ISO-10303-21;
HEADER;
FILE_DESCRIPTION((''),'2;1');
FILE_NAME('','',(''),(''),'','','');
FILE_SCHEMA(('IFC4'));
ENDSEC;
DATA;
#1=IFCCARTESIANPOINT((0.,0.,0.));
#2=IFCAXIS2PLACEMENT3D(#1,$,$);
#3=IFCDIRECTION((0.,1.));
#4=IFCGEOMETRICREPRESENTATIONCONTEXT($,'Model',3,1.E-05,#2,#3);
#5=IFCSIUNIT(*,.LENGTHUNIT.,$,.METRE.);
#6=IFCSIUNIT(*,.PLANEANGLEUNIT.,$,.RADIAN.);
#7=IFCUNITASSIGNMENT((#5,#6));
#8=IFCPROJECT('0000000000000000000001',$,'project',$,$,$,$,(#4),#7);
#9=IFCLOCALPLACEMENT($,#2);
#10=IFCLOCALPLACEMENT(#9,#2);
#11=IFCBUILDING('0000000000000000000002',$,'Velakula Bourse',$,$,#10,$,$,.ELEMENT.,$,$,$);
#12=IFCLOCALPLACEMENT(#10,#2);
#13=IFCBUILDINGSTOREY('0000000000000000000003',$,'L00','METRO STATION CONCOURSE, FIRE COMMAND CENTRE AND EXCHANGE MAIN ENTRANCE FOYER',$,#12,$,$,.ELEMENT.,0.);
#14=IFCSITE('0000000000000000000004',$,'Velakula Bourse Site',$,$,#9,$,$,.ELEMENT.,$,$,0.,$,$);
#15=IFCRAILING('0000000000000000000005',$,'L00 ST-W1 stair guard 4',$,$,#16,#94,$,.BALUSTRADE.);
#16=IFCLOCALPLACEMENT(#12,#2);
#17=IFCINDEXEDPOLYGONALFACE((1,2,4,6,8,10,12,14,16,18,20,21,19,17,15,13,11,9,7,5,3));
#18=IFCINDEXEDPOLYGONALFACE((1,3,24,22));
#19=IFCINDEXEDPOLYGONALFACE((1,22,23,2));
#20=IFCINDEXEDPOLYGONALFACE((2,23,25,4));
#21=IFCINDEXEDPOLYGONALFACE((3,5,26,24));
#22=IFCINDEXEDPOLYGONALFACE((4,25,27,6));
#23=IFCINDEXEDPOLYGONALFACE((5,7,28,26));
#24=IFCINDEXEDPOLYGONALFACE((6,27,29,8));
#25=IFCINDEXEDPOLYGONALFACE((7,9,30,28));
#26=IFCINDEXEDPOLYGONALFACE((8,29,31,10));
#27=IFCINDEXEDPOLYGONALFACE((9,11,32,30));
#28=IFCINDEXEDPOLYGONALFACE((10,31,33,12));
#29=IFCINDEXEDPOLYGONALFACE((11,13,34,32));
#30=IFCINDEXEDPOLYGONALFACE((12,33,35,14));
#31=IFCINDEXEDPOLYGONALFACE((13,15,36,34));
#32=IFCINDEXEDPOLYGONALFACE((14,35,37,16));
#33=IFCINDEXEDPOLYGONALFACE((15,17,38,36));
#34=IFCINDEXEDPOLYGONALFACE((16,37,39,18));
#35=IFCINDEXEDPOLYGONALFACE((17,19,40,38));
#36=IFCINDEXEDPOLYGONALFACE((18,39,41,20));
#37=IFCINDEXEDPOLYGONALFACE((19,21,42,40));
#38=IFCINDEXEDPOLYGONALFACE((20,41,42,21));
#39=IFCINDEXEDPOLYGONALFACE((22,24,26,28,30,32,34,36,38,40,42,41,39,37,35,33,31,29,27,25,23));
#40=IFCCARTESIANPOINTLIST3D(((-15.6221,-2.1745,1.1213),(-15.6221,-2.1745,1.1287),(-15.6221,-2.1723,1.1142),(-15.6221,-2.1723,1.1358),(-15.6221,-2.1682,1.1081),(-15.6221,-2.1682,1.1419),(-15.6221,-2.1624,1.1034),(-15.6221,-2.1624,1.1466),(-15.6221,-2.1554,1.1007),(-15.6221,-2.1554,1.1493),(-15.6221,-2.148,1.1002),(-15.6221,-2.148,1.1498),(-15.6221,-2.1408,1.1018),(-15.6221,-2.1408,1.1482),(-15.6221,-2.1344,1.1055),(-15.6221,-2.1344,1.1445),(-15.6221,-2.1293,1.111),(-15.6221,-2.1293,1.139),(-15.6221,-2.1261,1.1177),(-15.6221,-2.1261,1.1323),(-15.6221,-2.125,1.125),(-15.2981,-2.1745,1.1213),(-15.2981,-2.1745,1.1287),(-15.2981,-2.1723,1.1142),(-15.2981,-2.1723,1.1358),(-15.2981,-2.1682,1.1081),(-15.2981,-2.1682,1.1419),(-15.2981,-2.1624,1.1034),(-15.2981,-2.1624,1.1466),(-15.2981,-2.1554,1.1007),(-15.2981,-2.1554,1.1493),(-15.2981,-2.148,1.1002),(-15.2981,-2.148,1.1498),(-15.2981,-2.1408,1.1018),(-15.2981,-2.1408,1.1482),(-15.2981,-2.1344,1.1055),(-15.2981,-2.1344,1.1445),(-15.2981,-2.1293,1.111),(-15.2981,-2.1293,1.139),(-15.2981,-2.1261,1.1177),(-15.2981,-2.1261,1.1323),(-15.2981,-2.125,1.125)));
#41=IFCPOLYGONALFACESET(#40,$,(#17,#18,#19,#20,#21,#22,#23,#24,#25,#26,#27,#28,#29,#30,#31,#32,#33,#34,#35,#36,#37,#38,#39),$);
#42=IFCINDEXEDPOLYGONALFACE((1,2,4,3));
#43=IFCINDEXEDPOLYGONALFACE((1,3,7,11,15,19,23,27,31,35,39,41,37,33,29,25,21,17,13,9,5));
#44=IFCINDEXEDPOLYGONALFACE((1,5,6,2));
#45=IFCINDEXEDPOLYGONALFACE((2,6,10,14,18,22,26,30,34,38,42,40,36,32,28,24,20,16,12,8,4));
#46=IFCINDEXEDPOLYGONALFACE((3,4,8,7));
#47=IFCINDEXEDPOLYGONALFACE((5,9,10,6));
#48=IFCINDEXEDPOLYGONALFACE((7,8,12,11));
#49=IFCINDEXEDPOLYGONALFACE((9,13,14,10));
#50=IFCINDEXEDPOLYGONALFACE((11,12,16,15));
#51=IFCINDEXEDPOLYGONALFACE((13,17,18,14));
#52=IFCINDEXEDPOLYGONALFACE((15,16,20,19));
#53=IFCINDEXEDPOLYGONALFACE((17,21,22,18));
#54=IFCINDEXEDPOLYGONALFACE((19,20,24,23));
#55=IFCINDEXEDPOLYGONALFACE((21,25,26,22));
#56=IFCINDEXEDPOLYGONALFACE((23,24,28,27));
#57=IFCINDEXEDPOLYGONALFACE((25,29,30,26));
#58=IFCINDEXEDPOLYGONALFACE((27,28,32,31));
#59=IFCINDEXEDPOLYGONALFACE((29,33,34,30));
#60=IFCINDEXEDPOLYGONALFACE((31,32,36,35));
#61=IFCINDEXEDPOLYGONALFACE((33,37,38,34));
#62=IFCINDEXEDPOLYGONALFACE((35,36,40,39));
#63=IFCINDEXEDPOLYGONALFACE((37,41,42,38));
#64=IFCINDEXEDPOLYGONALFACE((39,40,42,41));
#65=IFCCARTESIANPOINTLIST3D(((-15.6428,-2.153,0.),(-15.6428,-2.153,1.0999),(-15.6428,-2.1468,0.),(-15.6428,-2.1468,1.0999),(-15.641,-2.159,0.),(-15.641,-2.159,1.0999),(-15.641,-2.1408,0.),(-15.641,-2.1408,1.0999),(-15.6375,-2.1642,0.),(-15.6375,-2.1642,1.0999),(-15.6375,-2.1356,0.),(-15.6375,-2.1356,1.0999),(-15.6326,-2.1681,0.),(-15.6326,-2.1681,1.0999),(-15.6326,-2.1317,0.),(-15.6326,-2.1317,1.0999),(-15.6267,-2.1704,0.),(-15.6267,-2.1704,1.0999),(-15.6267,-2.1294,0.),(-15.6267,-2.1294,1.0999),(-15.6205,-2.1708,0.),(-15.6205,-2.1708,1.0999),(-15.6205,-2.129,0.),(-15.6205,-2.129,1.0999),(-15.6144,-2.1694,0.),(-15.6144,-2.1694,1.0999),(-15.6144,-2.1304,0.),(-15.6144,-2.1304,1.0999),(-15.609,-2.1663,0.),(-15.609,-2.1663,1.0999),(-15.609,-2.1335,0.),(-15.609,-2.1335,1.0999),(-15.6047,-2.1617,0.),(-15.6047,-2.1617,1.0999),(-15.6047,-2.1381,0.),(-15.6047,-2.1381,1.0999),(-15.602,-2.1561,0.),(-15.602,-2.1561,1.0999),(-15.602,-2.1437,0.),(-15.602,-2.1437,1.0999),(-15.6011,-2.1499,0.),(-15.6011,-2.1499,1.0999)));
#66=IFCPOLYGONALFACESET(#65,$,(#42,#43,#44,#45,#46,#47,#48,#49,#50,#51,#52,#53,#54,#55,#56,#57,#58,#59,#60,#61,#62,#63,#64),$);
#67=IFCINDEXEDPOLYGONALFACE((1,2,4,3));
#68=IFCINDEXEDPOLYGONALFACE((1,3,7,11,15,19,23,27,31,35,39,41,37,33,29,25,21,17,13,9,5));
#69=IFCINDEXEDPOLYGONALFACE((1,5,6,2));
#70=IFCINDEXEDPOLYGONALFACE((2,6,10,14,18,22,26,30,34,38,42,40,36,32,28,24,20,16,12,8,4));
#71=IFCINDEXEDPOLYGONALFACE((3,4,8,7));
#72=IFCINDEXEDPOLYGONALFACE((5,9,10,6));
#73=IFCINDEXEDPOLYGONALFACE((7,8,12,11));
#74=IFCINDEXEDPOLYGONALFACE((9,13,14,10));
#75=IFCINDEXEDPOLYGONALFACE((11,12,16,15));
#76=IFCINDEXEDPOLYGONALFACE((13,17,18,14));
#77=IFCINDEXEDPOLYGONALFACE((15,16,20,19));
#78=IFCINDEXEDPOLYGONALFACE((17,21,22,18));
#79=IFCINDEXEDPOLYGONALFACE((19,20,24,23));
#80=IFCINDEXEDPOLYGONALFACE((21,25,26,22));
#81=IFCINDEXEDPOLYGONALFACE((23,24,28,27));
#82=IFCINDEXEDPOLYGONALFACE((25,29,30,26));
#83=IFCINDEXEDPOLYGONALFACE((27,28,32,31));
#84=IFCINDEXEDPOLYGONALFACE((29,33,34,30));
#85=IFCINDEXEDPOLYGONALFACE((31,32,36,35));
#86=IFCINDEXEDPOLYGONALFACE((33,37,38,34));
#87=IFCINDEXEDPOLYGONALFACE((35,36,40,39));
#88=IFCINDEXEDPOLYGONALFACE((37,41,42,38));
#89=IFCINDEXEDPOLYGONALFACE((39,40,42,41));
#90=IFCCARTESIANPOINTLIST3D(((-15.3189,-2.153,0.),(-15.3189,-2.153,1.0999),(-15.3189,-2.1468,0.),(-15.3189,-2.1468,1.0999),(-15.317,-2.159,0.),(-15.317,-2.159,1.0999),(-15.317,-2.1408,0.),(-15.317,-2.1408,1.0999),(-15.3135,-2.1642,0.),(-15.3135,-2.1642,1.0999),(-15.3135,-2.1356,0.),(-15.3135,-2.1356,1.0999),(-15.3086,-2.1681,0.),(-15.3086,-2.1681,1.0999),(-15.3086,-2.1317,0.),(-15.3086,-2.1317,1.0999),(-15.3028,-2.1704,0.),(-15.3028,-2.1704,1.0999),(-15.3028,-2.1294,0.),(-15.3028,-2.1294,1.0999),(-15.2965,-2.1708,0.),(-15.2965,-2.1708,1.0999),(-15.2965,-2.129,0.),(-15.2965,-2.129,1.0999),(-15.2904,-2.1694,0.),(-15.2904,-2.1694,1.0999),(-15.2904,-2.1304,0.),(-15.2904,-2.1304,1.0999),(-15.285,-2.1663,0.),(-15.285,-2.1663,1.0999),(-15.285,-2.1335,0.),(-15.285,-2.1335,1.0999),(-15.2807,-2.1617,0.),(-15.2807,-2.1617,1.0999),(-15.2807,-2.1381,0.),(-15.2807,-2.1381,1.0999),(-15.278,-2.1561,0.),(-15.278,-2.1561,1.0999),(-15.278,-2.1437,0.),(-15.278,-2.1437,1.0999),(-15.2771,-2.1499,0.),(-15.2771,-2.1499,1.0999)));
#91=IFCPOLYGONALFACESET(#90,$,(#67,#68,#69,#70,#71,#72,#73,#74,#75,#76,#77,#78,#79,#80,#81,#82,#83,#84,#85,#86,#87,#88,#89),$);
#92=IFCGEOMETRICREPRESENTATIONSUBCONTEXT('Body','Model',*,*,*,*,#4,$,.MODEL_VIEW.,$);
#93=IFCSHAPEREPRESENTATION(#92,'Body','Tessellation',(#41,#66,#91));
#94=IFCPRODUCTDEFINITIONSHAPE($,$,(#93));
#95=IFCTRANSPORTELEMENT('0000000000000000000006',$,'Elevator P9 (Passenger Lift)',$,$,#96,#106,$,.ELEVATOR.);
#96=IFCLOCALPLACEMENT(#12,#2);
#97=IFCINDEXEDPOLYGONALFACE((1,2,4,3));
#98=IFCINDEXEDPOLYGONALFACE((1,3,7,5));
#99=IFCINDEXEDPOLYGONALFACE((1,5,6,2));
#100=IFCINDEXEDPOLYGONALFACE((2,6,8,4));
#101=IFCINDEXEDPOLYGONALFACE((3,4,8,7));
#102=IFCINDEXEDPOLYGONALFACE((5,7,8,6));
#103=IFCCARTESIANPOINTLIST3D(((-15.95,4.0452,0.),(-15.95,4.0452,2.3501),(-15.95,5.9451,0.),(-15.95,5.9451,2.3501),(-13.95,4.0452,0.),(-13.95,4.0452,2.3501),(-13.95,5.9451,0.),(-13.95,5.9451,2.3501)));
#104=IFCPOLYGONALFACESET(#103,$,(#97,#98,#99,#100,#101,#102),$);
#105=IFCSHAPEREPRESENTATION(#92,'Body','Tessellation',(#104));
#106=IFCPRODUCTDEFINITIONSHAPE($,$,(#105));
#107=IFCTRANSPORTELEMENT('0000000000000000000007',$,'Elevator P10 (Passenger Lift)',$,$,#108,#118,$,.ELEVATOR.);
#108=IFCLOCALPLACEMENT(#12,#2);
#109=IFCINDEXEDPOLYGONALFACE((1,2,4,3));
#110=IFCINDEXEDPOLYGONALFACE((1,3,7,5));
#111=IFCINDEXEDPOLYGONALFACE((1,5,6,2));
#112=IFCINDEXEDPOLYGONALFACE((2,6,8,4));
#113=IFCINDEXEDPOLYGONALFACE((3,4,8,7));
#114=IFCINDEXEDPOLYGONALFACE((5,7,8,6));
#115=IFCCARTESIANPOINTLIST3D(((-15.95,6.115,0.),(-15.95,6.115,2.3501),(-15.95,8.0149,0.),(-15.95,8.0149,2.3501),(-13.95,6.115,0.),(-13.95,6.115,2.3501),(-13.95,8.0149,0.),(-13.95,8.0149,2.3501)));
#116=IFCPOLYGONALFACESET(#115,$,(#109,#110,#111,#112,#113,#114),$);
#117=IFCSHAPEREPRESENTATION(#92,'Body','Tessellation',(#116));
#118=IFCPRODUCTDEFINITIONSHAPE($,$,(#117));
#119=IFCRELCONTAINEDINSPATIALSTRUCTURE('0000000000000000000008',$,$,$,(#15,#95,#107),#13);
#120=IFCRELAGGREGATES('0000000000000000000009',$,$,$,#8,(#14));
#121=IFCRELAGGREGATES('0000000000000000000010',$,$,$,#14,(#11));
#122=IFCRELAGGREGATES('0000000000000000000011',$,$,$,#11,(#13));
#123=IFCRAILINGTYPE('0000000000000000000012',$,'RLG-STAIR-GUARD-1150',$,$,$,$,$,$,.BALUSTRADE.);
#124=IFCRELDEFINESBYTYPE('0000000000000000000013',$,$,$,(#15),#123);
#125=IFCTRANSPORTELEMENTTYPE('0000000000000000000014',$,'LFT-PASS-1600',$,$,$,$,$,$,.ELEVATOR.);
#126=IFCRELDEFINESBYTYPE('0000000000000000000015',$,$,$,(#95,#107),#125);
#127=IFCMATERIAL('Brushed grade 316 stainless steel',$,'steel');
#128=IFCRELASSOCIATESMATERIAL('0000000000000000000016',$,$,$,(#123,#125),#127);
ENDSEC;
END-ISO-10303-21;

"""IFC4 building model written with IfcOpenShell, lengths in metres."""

from ifc_helpers import new_model, si_unit, direction, frame, origin, origin_2d, place, context, subcontext, project, spatial, rectangle, circle, extrude, material, type_object, element, save


model = new_model("IFC4")

# Units and contexts
model_context = context("Model", 3, precision=1e-05, world=origin(), true_north=direction((0.0, 1.0)))
body_context = subcontext(model_context, "Body", "Model", "MODEL_VIEW")
ifc_project = project(units=[si_unit("LENGTHUNIT", "METRE"), si_unit("PLANEANGLEUNIT", "RADIAN")], contexts=[model_context])

# Site, building, storey
site_placement = place(None, origin())
site = spatial("IfcSite", under=ifc_project, at=site_placement, Name="Velakula Bourse Site", CompositionType="ELEMENT", RefElevation=0.0)
building_placement = place(site_placement, origin())
building = spatial("IfcBuilding", under=site, at=building_placement, Name="Velakula Bourse", CompositionType="ELEMENT")
storey_placement = place(building_placement, origin())
storey = spatial("IfcBuildingStorey", under=building, at=storey_placement, Name="L00", Description="METRO STATION CONCOURSE, FIRE COMMAND CENTRE AND EXCHANGE MAIN ENTRANCE FOYER", CompositionType="ELEMENT", Elevation=0.0)

# Shared definitions
ifc_material_1 = material(Name="Brushed grade 316 stainless steel", Category="steel")

# Railing
railing_type = type_object("IfcRailingType", Name="RLG-STAIR-GUARD-1150", PredefinedType="BALUSTRADE", material=ifc_material_1)
railing_1_placement = place(storey_placement, frame((-15.6221, -2.1499, 0.0)))
element("IfcRailing", 1, at=railing_1_placement, inside=storey, type_object=railing_type, Name="L00 ST-W1 stair guard 4", PredefinedType="BALUSTRADE", context=body_context, shape_type="SweptSolid", body=[
    extrude(circle(Radius=0.0249, at=origin_2d()), frame((0.0, 0.0, 1.125), z_axis=(1.0, 0.0, 0.0), x_axis=(0.0, 1.0, 0.0)), (0.0, 0.0, 1.0), 0.324),
    extrude(circle(Radius=0.021, at=origin_2d()), origin(), (0.0, 0.0, 1.0), 1.0999),
    extrude(circle(Radius=0.021, at=origin_2d()), frame((0.324, 0.0, 0.0)), (0.0, 0.0, 1.0), 1.0999),
])

# Transport elements
transport_element_type = type_object("IfcTransportElementType", Name="LFT-PASS-1600", PredefinedType="ELEVATOR", material=ifc_material_1)
for number, where, z_axis, x_axis, name in (
    (2, (-14.95, 4.9951, 0.0), (0.0, 0.0, 1.0), (1.0, 0.0, 0.0), "Elevator P9 (Passenger Lift)"),
    (3, (-14.95, 7.0649, 0.0), (0.0, 0.0, 1.0), (1.0, 0.0, 0.0), "Elevator P10 (Passenger Lift)"),
):
    element("IfcTransportElement", number, at=place(storey_placement, frame(where, z_axis=z_axis, x_axis=x_axis)), inside=storey, type_object=transport_element_type, Name=name, PredefinedType="ELEVATOR", context=body_context, shape_type="SweptSolid", body=[
        extrude(rectangle(XDim=2.0, YDim=1.8999, at=origin_2d()), origin(), (0.0, 0.0, 1.0), 2.3501),
    ])

save(model, "model.ifc")
